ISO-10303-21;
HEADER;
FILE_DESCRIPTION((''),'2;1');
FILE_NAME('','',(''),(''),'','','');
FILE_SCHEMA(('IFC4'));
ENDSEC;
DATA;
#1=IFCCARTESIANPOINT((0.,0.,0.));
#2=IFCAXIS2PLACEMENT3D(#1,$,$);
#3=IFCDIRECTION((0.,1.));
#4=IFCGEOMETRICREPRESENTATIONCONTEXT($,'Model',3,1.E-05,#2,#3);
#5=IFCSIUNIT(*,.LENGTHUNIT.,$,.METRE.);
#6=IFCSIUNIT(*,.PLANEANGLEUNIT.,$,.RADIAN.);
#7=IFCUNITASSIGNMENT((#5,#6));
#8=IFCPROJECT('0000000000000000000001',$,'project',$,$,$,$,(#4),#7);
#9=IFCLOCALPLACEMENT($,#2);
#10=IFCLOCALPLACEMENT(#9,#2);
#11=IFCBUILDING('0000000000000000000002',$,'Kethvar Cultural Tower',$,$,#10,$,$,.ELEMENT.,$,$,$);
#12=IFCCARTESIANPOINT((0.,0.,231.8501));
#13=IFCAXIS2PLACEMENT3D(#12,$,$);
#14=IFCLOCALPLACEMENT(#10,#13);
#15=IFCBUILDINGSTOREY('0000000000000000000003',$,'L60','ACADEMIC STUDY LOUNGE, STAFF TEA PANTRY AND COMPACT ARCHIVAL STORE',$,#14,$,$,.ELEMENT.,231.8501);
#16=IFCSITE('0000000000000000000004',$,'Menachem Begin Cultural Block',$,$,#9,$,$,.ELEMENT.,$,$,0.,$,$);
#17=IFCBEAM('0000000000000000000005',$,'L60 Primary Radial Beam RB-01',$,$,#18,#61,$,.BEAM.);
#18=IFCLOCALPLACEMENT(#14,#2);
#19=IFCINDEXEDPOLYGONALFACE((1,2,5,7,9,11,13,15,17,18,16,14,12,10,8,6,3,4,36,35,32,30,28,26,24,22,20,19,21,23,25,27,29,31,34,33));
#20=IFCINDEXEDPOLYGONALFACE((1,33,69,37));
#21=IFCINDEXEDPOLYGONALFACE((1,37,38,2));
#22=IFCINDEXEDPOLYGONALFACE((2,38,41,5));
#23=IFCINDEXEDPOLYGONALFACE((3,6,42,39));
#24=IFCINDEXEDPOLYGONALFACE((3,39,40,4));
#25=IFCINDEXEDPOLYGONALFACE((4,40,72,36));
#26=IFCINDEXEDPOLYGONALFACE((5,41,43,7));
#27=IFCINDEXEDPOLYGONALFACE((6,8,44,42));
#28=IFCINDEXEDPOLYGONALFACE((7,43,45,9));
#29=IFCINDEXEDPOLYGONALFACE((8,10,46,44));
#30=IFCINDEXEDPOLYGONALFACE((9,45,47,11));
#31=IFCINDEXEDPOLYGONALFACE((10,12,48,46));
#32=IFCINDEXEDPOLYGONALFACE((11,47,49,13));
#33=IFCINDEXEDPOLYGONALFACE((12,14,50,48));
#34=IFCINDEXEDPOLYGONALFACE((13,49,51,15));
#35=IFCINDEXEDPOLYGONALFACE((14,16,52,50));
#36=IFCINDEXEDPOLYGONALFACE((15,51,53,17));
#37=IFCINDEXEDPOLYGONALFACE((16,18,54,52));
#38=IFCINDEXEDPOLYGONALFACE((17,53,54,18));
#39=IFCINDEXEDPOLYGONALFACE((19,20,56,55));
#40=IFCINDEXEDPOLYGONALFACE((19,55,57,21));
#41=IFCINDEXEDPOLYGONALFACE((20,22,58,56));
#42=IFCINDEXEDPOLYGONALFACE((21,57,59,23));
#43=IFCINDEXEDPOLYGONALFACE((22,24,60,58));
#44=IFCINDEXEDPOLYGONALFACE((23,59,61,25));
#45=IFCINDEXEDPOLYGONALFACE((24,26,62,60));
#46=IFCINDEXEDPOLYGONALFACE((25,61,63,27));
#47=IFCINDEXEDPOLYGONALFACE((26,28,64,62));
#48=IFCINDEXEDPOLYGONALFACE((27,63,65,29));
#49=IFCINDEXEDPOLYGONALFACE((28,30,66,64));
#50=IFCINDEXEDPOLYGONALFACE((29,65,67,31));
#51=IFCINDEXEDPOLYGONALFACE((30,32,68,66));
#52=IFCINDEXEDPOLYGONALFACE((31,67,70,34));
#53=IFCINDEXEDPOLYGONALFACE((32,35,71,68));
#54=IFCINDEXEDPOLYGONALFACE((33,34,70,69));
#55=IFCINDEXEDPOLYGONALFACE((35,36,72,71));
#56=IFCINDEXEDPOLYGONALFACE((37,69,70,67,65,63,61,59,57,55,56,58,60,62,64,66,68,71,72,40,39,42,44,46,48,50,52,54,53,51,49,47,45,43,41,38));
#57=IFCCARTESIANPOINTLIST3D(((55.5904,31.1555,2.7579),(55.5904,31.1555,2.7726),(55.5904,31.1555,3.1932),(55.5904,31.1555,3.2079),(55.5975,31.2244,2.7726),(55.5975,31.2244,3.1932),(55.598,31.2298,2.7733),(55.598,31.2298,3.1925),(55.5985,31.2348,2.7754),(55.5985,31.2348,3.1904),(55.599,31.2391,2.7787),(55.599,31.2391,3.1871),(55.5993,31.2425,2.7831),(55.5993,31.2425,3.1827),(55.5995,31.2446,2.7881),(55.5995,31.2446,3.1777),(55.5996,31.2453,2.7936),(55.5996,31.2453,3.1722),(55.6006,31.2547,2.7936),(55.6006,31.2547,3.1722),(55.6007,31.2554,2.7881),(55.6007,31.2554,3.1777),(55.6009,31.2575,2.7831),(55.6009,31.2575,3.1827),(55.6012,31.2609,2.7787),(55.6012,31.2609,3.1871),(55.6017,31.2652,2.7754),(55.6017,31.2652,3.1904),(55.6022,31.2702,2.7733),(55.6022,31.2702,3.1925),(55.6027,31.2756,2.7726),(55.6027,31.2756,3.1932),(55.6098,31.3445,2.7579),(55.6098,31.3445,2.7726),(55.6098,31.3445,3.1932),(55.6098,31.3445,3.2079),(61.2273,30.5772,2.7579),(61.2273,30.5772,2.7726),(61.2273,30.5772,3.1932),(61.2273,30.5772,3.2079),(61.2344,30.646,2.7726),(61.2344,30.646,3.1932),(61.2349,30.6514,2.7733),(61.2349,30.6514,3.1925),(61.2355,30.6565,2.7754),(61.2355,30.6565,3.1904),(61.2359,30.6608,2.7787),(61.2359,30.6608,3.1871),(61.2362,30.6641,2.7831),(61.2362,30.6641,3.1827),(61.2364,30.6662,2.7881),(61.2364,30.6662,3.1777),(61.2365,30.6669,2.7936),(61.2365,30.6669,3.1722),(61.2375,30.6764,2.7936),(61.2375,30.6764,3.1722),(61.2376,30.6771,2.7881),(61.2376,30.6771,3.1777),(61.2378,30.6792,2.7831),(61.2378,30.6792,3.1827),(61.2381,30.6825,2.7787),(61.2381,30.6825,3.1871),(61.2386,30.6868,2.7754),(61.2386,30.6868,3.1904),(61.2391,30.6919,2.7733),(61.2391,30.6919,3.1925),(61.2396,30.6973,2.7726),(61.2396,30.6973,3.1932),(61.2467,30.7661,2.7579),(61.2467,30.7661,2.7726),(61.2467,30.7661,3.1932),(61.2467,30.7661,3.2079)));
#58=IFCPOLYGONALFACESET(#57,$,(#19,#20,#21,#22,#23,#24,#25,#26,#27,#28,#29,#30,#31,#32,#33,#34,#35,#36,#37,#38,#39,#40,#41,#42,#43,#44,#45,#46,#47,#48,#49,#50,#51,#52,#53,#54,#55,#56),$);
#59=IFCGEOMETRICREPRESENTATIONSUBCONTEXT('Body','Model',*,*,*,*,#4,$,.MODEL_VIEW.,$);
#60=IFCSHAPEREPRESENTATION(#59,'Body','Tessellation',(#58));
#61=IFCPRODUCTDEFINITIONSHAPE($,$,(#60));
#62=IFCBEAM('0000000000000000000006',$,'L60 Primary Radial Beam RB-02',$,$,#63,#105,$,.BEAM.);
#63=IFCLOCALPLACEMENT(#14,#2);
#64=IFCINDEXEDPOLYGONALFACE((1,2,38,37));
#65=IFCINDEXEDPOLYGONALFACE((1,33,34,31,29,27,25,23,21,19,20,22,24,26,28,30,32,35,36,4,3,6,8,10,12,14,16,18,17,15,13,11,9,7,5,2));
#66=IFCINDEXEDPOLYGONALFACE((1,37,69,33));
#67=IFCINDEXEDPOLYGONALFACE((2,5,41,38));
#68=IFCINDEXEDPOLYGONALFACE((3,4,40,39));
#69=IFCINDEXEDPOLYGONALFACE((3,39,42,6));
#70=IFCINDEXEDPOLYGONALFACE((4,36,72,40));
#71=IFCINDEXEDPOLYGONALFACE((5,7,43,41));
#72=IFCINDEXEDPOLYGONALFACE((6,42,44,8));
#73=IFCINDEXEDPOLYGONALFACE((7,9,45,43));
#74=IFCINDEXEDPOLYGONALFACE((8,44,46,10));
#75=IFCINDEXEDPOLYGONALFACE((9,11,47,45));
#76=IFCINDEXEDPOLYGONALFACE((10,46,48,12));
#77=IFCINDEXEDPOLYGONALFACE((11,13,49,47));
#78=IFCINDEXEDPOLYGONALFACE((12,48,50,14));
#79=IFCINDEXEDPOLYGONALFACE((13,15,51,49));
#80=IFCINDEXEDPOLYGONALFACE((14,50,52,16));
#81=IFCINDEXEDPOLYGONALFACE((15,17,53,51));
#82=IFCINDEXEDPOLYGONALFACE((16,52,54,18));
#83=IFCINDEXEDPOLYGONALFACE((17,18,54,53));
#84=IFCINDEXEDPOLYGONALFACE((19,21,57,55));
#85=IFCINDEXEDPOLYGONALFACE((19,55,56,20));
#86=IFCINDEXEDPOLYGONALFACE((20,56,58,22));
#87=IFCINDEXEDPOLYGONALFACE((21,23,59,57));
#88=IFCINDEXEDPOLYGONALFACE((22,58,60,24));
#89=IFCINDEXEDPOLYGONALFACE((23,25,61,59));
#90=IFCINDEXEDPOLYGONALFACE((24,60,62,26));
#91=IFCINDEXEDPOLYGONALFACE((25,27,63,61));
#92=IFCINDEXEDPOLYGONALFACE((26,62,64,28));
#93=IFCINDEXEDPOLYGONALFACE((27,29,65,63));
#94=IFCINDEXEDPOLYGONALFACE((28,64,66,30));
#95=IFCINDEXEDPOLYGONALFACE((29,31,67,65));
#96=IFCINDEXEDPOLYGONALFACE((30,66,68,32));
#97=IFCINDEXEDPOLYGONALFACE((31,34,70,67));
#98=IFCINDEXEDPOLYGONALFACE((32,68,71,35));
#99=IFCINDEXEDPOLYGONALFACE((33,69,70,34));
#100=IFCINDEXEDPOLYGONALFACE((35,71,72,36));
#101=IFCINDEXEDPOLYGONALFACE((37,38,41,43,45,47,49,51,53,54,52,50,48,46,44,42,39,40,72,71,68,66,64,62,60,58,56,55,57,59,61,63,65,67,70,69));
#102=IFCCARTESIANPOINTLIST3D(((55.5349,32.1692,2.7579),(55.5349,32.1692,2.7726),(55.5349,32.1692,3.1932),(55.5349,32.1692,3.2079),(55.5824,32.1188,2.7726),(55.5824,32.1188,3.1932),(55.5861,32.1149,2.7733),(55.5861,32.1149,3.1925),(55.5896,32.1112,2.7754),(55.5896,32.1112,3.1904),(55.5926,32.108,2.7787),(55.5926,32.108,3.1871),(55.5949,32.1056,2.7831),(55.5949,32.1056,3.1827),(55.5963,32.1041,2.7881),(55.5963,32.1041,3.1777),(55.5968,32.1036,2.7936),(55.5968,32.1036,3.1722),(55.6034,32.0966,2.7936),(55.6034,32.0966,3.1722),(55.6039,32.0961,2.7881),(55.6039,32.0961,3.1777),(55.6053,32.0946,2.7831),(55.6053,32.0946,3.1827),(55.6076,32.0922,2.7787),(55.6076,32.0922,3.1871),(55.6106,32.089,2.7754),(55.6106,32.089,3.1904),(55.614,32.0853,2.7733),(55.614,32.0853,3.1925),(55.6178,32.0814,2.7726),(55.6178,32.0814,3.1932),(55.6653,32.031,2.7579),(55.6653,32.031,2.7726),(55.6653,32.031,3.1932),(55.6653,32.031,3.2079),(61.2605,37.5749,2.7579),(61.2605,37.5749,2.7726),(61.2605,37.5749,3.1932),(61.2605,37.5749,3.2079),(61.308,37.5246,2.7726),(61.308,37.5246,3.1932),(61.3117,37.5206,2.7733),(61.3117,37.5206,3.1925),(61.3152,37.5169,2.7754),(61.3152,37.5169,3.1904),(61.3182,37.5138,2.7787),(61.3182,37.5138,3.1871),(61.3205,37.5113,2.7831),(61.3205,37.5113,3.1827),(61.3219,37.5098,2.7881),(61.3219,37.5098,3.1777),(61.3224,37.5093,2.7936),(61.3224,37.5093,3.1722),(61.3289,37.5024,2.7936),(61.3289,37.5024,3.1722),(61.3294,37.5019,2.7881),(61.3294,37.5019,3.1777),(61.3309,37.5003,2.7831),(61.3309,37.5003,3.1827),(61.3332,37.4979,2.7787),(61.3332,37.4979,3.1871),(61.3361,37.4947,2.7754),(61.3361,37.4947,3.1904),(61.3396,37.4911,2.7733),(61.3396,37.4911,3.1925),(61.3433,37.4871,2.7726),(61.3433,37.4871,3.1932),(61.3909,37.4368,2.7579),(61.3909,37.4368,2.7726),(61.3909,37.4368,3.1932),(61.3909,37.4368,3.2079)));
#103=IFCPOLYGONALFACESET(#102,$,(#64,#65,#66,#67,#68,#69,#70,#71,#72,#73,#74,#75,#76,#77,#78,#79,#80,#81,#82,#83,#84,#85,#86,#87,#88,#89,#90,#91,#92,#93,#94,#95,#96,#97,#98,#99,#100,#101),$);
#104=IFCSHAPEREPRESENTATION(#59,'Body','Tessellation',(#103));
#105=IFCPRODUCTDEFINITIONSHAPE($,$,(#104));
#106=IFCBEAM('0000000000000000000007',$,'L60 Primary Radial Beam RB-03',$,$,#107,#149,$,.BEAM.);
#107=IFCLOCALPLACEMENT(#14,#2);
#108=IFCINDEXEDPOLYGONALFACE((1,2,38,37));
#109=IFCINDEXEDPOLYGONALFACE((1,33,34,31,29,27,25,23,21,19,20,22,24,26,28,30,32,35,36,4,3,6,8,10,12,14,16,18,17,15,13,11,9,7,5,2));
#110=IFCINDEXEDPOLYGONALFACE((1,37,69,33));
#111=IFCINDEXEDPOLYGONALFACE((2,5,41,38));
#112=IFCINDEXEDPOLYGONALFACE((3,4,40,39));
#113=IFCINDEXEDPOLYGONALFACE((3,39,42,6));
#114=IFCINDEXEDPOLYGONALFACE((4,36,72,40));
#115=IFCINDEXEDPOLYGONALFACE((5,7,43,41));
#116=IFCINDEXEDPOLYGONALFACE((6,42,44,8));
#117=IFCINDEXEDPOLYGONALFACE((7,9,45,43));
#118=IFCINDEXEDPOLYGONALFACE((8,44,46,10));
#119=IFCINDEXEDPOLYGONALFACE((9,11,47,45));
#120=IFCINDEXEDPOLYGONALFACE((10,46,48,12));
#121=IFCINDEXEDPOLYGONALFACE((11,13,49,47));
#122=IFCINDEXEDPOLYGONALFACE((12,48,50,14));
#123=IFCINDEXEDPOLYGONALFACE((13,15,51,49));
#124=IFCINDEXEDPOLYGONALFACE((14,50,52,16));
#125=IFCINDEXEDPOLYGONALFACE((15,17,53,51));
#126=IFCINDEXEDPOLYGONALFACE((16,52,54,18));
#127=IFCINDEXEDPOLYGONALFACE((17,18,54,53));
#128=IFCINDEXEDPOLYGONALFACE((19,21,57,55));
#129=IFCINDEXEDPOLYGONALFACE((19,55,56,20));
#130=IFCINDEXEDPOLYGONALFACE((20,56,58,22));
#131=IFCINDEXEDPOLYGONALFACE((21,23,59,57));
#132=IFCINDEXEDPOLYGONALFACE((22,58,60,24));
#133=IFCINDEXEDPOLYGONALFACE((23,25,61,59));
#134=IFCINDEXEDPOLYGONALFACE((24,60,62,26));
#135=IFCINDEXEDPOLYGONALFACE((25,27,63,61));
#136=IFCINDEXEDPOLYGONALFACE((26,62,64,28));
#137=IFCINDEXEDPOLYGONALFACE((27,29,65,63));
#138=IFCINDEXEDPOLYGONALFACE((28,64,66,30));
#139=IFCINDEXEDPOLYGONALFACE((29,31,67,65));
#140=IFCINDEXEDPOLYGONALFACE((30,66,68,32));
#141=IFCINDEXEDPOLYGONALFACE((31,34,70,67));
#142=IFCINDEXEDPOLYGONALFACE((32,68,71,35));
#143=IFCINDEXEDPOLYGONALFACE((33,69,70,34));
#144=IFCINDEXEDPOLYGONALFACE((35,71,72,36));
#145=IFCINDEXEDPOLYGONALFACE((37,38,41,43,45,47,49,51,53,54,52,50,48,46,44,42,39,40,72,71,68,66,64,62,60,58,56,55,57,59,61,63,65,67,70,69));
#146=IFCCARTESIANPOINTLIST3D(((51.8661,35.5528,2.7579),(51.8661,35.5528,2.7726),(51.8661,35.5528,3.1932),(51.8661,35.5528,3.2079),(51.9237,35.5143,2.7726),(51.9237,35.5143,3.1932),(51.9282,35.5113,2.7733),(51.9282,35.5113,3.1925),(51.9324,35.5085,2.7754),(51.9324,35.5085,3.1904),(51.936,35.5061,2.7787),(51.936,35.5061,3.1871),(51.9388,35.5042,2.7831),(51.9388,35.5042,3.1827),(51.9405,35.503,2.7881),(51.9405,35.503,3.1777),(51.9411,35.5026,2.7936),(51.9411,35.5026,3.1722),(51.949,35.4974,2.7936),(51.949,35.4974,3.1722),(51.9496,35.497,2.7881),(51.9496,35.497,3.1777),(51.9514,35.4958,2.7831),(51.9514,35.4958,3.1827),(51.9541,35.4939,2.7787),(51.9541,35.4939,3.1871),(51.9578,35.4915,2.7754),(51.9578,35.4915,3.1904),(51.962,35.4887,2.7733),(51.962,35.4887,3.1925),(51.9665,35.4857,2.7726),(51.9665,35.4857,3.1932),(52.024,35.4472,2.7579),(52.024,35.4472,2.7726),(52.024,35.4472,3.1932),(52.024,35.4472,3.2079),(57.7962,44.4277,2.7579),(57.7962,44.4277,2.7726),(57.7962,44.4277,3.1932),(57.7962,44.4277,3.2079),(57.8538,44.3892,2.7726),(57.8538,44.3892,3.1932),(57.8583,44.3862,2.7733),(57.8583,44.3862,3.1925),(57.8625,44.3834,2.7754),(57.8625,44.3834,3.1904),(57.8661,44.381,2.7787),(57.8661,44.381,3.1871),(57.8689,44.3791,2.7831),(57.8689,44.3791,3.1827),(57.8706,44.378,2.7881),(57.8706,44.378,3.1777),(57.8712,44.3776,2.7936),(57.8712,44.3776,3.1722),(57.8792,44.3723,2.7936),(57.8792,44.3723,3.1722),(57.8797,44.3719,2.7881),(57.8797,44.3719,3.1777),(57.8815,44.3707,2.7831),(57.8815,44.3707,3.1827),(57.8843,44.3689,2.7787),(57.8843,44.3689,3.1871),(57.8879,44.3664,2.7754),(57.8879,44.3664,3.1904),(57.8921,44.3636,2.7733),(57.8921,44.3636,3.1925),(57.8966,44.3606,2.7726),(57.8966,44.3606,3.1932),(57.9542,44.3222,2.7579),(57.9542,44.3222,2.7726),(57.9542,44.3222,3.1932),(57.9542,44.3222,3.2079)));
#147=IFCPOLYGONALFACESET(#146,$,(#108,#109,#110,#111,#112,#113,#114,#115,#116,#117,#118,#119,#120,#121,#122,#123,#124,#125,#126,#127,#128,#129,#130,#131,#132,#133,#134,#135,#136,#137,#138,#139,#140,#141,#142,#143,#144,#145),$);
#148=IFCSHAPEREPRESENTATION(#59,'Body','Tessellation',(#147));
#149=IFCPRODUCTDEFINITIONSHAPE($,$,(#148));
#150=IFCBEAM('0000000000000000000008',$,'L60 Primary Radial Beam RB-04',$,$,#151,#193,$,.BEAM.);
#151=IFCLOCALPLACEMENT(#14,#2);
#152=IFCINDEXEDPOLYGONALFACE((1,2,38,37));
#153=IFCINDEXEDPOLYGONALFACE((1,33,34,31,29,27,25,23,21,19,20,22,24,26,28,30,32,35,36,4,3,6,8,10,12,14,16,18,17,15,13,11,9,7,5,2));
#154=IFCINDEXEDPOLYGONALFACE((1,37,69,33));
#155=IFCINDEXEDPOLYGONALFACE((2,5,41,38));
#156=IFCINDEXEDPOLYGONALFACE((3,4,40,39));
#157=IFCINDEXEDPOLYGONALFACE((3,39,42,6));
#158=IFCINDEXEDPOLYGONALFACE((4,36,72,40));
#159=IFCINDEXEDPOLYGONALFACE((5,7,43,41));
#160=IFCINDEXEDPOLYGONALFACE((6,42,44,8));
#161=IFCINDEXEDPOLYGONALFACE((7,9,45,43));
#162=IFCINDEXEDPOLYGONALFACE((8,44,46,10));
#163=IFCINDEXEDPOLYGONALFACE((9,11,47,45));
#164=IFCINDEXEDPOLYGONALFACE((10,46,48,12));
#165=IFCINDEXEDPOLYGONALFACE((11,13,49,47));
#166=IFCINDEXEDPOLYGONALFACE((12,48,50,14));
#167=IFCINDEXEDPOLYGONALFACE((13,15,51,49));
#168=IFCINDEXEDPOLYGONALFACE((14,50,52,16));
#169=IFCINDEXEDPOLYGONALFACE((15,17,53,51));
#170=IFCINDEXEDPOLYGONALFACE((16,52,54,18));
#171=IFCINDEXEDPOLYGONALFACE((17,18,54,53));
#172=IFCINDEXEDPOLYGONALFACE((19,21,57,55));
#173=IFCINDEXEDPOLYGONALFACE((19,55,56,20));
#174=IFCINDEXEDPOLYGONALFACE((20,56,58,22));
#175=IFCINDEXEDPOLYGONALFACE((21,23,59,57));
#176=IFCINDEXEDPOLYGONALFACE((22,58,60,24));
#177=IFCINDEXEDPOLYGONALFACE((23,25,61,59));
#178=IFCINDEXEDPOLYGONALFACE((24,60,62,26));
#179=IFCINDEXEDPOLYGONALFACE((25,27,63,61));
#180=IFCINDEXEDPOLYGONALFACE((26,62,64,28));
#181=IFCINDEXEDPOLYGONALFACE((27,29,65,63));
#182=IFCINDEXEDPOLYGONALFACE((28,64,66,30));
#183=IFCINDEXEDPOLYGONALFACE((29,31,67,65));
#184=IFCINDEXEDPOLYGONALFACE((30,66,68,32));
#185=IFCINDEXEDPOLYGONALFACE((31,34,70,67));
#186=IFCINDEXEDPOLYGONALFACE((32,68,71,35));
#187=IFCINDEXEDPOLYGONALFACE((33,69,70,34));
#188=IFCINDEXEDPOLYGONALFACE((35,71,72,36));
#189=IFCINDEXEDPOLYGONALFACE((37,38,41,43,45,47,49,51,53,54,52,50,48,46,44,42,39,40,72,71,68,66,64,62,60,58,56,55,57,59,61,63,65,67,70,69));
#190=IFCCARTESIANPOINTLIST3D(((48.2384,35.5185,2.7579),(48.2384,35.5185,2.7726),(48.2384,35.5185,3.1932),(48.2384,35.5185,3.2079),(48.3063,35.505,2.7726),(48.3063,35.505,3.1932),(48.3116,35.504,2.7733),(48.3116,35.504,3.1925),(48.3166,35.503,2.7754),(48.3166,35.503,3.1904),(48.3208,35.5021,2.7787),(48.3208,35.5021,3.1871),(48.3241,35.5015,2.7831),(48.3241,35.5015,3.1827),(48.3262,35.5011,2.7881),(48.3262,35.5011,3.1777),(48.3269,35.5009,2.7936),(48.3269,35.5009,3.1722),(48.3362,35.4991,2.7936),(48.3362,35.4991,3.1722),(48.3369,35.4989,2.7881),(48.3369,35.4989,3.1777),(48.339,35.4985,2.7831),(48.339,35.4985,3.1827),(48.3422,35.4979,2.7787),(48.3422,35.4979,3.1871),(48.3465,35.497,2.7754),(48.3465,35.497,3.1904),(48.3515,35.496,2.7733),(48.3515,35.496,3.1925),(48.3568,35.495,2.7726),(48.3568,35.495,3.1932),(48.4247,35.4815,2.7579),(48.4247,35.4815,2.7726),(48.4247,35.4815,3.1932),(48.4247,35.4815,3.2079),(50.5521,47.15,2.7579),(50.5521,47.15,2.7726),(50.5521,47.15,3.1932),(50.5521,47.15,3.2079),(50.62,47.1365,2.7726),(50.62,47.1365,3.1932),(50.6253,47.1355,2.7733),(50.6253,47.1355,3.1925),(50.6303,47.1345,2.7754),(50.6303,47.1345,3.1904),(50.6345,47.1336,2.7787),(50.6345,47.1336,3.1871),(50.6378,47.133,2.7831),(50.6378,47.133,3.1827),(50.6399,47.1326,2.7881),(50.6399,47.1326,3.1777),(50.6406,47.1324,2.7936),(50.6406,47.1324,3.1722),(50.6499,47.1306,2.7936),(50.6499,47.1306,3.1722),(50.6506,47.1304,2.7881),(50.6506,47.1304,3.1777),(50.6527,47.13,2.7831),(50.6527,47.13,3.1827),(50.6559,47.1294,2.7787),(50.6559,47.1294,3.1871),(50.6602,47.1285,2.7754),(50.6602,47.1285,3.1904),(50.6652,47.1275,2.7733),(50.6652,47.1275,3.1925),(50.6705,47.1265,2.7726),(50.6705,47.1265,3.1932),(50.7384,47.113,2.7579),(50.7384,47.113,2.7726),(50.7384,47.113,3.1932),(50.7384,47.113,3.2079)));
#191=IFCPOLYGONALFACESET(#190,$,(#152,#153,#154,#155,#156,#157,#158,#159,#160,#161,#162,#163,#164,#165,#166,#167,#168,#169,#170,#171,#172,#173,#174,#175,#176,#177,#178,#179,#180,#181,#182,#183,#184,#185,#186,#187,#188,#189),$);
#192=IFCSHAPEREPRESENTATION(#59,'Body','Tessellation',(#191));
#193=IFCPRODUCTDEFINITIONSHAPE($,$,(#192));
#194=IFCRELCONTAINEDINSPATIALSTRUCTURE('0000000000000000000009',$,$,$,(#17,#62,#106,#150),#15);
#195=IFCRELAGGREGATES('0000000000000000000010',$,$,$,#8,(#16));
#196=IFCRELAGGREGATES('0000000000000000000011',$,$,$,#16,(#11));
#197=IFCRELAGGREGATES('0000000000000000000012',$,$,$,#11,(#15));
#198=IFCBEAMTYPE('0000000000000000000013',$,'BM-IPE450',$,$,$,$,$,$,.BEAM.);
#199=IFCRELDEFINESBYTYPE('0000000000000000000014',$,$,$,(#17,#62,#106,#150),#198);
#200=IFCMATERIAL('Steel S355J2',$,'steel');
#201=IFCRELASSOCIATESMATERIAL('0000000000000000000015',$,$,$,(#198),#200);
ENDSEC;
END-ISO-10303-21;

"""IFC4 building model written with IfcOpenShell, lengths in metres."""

from ifc_helpers import new_model, si_unit, direction, frame, origin, origin_2d, place, context, subcontext, project, spatial, i_section, extrude, source, transform, mapped, material, material_profile, profile_set, type_object, element, save


model = new_model("IFC4")

# Units and contexts
model_context = context("Model", 3, precision=1e-05, world=origin(), true_north=direction((0.0, 1.0)))
body_context = subcontext(model_context, "Body", "Model", "MODEL_VIEW")
ifc_project = project(units=[si_unit("LENGTHUNIT", "METRE"), si_unit("PLANEANGLEUNIT", "RADIAN")], contexts=[model_context])

# Site, building, storey
site_placement = place(None, origin())
site = spatial("IfcSite", under=ifc_project, at=site_placement, Name="Menachem Begin Cultural Block", CompositionType="ELEMENT", RefElevation=0.0)
building_placement = place(site_placement, origin())
building = spatial("IfcBuilding", under=site, at=building_placement, Name="Kethvar Cultural Tower", CompositionType="ELEMENT")
storey_placement = place(building_placement, frame((0.0, 0.0, 231.8501)))
storey = spatial("IfcBuildingStorey", under=building, at=storey_placement, Name="L60", Description="ACADEMIC STUDY LOUNGE, STAFF TEA PANTRY AND COMPACT ARCHIVAL STORE", CompositionType="ELEMENT", Elevation=231.8501)

# Beams
ifc_material_1 = material(Name="Steel S355J2", Category="steel")
ifc_material_profile_1 = material_profile(ifc_material_1, i_section(OverallWidth=0.1899, OverallDepth=0.45, WebThickness=0.0095, FlangeThickness=0.0146, FilletRadius=0.021, at=origin_2d()), Name="Steel S355J2 — IPE450")
ifc_profile_set_1 = profile_set([ifc_material_profile_1], Name="Steel S355J2 — IPE450")
beam_type_1 = type_object("IfcBeamType", Name="BM-IPE450", PredefinedType="BEAM", material=ifc_profile_set_1)
shared_shape_1 = source(origin(), body_context, "Body", "SweptSolid", [
    extrude(i_section(OverallWidth=0.1899, OverallDepth=0.45, WebThickness=0.0095, FlangeThickness=0.0146, FilletRadius=0.021, at=origin_2d()), origin(), (0.0, 0.0, 1.0), 5.6665),
])
beam_1_placement = place(storey_placement, frame((55.6001, 31.25, 2.9829), z_axis=(0.994778, -0.102067, 0.0), x_axis=(0.102067, 0.994778, 0.0)))
element("IfcBeam", 1, at=beam_1_placement, inside=storey, type_object=beam_type_1, Name="L60 Primary Radial Beam RB-01", PredefinedType="BEAM", context=body_context, shape_type="MappedRepresentation", body=[
    mapped(shared_shape_1, transform((0.0, 0.0, 0.0), scale=1.0)),
])
shared_shape_2 = source(origin(), body_context, "Body", "SweptSolid", [
    extrude(i_section(OverallWidth=0.1899, OverallDepth=0.45, WebThickness=0.0095, FlangeThickness=0.0146, FilletRadius=0.021, at=origin_2d()), origin(), (0.0, 0.0, 1.0), 7.8743),
])
beam_2_placement = place(storey_placement, frame((55.6001, 32.1001, 2.9829), z_axis=(0.727123, 0.686507, 0.0), x_axis=(-0.686507, 0.727123, 0.0)))
element("IfcBeam", 2, at=beam_2_placement, inside=storey, type_object=beam_type_1, Name="L60 Primary Radial Beam RB-02", PredefinedType="BEAM", context=body_context, shape_type="MappedRepresentation", body=[
    mapped(shared_shape_2, transform((0.0, 0.0, 0.0), scale=1.0)),
])
shared_shape_3 = source(origin(), body_context, "Body", "SweptSolid", [
    extrude(i_section(OverallWidth=0.1899, OverallDepth=0.45, WebThickness=0.0095, FlangeThickness=0.0146, FilletRadius=0.021, at=origin_2d()), origin(), (0.0, 0.0, 1.0), 10.6738),
])
beam_3_placement = place(storey_placement, frame((51.9451, 35.5, 2.9829), z_axis=(0.555576, 0.831466, 0.0), x_axis=(-0.831466, 0.555576, 0.0)))
element("IfcBeam", 3, at=beam_3_placement, inside=storey, type_object=beam_type_1, Name="L60 Primary Radial Beam RB-03", PredefinedType="BEAM", context=body_context, shape_type="MappedRepresentation", body=[
    mapped(shared_shape_3, transform((0.0, 0.0, 0.0), scale=1.0)),
])
shared_shape_4 = source(origin(), body_context, "Body", "SweptSolid", [
    extrude(i_section(OverallWidth=0.1899, OverallDepth=0.45, WebThickness=0.0095, FlangeThickness=0.0146, FilletRadius=0.021, at=origin_2d()), origin(), (0.0, 0.0, 1.0), 11.8594),
])
beam_4_placement = place(storey_placement, frame((48.3315, 35.5, 2.9829), z_axis=(0.195095, 0.980784, 0.0), x_axis=(-0.980784, 0.195095, 0.0)))
element("IfcBeam", 4, at=beam_4_placement, inside=storey, type_object=beam_type_1, Name="L60 Primary Radial Beam RB-04", PredefinedType="BEAM", context=body_context, shape_type="MappedRepresentation", body=[
    mapped(shared_shape_4, transform((0.0, 0.0, 0.0), scale=1.0)),
])

save(model, "model.ifc")
